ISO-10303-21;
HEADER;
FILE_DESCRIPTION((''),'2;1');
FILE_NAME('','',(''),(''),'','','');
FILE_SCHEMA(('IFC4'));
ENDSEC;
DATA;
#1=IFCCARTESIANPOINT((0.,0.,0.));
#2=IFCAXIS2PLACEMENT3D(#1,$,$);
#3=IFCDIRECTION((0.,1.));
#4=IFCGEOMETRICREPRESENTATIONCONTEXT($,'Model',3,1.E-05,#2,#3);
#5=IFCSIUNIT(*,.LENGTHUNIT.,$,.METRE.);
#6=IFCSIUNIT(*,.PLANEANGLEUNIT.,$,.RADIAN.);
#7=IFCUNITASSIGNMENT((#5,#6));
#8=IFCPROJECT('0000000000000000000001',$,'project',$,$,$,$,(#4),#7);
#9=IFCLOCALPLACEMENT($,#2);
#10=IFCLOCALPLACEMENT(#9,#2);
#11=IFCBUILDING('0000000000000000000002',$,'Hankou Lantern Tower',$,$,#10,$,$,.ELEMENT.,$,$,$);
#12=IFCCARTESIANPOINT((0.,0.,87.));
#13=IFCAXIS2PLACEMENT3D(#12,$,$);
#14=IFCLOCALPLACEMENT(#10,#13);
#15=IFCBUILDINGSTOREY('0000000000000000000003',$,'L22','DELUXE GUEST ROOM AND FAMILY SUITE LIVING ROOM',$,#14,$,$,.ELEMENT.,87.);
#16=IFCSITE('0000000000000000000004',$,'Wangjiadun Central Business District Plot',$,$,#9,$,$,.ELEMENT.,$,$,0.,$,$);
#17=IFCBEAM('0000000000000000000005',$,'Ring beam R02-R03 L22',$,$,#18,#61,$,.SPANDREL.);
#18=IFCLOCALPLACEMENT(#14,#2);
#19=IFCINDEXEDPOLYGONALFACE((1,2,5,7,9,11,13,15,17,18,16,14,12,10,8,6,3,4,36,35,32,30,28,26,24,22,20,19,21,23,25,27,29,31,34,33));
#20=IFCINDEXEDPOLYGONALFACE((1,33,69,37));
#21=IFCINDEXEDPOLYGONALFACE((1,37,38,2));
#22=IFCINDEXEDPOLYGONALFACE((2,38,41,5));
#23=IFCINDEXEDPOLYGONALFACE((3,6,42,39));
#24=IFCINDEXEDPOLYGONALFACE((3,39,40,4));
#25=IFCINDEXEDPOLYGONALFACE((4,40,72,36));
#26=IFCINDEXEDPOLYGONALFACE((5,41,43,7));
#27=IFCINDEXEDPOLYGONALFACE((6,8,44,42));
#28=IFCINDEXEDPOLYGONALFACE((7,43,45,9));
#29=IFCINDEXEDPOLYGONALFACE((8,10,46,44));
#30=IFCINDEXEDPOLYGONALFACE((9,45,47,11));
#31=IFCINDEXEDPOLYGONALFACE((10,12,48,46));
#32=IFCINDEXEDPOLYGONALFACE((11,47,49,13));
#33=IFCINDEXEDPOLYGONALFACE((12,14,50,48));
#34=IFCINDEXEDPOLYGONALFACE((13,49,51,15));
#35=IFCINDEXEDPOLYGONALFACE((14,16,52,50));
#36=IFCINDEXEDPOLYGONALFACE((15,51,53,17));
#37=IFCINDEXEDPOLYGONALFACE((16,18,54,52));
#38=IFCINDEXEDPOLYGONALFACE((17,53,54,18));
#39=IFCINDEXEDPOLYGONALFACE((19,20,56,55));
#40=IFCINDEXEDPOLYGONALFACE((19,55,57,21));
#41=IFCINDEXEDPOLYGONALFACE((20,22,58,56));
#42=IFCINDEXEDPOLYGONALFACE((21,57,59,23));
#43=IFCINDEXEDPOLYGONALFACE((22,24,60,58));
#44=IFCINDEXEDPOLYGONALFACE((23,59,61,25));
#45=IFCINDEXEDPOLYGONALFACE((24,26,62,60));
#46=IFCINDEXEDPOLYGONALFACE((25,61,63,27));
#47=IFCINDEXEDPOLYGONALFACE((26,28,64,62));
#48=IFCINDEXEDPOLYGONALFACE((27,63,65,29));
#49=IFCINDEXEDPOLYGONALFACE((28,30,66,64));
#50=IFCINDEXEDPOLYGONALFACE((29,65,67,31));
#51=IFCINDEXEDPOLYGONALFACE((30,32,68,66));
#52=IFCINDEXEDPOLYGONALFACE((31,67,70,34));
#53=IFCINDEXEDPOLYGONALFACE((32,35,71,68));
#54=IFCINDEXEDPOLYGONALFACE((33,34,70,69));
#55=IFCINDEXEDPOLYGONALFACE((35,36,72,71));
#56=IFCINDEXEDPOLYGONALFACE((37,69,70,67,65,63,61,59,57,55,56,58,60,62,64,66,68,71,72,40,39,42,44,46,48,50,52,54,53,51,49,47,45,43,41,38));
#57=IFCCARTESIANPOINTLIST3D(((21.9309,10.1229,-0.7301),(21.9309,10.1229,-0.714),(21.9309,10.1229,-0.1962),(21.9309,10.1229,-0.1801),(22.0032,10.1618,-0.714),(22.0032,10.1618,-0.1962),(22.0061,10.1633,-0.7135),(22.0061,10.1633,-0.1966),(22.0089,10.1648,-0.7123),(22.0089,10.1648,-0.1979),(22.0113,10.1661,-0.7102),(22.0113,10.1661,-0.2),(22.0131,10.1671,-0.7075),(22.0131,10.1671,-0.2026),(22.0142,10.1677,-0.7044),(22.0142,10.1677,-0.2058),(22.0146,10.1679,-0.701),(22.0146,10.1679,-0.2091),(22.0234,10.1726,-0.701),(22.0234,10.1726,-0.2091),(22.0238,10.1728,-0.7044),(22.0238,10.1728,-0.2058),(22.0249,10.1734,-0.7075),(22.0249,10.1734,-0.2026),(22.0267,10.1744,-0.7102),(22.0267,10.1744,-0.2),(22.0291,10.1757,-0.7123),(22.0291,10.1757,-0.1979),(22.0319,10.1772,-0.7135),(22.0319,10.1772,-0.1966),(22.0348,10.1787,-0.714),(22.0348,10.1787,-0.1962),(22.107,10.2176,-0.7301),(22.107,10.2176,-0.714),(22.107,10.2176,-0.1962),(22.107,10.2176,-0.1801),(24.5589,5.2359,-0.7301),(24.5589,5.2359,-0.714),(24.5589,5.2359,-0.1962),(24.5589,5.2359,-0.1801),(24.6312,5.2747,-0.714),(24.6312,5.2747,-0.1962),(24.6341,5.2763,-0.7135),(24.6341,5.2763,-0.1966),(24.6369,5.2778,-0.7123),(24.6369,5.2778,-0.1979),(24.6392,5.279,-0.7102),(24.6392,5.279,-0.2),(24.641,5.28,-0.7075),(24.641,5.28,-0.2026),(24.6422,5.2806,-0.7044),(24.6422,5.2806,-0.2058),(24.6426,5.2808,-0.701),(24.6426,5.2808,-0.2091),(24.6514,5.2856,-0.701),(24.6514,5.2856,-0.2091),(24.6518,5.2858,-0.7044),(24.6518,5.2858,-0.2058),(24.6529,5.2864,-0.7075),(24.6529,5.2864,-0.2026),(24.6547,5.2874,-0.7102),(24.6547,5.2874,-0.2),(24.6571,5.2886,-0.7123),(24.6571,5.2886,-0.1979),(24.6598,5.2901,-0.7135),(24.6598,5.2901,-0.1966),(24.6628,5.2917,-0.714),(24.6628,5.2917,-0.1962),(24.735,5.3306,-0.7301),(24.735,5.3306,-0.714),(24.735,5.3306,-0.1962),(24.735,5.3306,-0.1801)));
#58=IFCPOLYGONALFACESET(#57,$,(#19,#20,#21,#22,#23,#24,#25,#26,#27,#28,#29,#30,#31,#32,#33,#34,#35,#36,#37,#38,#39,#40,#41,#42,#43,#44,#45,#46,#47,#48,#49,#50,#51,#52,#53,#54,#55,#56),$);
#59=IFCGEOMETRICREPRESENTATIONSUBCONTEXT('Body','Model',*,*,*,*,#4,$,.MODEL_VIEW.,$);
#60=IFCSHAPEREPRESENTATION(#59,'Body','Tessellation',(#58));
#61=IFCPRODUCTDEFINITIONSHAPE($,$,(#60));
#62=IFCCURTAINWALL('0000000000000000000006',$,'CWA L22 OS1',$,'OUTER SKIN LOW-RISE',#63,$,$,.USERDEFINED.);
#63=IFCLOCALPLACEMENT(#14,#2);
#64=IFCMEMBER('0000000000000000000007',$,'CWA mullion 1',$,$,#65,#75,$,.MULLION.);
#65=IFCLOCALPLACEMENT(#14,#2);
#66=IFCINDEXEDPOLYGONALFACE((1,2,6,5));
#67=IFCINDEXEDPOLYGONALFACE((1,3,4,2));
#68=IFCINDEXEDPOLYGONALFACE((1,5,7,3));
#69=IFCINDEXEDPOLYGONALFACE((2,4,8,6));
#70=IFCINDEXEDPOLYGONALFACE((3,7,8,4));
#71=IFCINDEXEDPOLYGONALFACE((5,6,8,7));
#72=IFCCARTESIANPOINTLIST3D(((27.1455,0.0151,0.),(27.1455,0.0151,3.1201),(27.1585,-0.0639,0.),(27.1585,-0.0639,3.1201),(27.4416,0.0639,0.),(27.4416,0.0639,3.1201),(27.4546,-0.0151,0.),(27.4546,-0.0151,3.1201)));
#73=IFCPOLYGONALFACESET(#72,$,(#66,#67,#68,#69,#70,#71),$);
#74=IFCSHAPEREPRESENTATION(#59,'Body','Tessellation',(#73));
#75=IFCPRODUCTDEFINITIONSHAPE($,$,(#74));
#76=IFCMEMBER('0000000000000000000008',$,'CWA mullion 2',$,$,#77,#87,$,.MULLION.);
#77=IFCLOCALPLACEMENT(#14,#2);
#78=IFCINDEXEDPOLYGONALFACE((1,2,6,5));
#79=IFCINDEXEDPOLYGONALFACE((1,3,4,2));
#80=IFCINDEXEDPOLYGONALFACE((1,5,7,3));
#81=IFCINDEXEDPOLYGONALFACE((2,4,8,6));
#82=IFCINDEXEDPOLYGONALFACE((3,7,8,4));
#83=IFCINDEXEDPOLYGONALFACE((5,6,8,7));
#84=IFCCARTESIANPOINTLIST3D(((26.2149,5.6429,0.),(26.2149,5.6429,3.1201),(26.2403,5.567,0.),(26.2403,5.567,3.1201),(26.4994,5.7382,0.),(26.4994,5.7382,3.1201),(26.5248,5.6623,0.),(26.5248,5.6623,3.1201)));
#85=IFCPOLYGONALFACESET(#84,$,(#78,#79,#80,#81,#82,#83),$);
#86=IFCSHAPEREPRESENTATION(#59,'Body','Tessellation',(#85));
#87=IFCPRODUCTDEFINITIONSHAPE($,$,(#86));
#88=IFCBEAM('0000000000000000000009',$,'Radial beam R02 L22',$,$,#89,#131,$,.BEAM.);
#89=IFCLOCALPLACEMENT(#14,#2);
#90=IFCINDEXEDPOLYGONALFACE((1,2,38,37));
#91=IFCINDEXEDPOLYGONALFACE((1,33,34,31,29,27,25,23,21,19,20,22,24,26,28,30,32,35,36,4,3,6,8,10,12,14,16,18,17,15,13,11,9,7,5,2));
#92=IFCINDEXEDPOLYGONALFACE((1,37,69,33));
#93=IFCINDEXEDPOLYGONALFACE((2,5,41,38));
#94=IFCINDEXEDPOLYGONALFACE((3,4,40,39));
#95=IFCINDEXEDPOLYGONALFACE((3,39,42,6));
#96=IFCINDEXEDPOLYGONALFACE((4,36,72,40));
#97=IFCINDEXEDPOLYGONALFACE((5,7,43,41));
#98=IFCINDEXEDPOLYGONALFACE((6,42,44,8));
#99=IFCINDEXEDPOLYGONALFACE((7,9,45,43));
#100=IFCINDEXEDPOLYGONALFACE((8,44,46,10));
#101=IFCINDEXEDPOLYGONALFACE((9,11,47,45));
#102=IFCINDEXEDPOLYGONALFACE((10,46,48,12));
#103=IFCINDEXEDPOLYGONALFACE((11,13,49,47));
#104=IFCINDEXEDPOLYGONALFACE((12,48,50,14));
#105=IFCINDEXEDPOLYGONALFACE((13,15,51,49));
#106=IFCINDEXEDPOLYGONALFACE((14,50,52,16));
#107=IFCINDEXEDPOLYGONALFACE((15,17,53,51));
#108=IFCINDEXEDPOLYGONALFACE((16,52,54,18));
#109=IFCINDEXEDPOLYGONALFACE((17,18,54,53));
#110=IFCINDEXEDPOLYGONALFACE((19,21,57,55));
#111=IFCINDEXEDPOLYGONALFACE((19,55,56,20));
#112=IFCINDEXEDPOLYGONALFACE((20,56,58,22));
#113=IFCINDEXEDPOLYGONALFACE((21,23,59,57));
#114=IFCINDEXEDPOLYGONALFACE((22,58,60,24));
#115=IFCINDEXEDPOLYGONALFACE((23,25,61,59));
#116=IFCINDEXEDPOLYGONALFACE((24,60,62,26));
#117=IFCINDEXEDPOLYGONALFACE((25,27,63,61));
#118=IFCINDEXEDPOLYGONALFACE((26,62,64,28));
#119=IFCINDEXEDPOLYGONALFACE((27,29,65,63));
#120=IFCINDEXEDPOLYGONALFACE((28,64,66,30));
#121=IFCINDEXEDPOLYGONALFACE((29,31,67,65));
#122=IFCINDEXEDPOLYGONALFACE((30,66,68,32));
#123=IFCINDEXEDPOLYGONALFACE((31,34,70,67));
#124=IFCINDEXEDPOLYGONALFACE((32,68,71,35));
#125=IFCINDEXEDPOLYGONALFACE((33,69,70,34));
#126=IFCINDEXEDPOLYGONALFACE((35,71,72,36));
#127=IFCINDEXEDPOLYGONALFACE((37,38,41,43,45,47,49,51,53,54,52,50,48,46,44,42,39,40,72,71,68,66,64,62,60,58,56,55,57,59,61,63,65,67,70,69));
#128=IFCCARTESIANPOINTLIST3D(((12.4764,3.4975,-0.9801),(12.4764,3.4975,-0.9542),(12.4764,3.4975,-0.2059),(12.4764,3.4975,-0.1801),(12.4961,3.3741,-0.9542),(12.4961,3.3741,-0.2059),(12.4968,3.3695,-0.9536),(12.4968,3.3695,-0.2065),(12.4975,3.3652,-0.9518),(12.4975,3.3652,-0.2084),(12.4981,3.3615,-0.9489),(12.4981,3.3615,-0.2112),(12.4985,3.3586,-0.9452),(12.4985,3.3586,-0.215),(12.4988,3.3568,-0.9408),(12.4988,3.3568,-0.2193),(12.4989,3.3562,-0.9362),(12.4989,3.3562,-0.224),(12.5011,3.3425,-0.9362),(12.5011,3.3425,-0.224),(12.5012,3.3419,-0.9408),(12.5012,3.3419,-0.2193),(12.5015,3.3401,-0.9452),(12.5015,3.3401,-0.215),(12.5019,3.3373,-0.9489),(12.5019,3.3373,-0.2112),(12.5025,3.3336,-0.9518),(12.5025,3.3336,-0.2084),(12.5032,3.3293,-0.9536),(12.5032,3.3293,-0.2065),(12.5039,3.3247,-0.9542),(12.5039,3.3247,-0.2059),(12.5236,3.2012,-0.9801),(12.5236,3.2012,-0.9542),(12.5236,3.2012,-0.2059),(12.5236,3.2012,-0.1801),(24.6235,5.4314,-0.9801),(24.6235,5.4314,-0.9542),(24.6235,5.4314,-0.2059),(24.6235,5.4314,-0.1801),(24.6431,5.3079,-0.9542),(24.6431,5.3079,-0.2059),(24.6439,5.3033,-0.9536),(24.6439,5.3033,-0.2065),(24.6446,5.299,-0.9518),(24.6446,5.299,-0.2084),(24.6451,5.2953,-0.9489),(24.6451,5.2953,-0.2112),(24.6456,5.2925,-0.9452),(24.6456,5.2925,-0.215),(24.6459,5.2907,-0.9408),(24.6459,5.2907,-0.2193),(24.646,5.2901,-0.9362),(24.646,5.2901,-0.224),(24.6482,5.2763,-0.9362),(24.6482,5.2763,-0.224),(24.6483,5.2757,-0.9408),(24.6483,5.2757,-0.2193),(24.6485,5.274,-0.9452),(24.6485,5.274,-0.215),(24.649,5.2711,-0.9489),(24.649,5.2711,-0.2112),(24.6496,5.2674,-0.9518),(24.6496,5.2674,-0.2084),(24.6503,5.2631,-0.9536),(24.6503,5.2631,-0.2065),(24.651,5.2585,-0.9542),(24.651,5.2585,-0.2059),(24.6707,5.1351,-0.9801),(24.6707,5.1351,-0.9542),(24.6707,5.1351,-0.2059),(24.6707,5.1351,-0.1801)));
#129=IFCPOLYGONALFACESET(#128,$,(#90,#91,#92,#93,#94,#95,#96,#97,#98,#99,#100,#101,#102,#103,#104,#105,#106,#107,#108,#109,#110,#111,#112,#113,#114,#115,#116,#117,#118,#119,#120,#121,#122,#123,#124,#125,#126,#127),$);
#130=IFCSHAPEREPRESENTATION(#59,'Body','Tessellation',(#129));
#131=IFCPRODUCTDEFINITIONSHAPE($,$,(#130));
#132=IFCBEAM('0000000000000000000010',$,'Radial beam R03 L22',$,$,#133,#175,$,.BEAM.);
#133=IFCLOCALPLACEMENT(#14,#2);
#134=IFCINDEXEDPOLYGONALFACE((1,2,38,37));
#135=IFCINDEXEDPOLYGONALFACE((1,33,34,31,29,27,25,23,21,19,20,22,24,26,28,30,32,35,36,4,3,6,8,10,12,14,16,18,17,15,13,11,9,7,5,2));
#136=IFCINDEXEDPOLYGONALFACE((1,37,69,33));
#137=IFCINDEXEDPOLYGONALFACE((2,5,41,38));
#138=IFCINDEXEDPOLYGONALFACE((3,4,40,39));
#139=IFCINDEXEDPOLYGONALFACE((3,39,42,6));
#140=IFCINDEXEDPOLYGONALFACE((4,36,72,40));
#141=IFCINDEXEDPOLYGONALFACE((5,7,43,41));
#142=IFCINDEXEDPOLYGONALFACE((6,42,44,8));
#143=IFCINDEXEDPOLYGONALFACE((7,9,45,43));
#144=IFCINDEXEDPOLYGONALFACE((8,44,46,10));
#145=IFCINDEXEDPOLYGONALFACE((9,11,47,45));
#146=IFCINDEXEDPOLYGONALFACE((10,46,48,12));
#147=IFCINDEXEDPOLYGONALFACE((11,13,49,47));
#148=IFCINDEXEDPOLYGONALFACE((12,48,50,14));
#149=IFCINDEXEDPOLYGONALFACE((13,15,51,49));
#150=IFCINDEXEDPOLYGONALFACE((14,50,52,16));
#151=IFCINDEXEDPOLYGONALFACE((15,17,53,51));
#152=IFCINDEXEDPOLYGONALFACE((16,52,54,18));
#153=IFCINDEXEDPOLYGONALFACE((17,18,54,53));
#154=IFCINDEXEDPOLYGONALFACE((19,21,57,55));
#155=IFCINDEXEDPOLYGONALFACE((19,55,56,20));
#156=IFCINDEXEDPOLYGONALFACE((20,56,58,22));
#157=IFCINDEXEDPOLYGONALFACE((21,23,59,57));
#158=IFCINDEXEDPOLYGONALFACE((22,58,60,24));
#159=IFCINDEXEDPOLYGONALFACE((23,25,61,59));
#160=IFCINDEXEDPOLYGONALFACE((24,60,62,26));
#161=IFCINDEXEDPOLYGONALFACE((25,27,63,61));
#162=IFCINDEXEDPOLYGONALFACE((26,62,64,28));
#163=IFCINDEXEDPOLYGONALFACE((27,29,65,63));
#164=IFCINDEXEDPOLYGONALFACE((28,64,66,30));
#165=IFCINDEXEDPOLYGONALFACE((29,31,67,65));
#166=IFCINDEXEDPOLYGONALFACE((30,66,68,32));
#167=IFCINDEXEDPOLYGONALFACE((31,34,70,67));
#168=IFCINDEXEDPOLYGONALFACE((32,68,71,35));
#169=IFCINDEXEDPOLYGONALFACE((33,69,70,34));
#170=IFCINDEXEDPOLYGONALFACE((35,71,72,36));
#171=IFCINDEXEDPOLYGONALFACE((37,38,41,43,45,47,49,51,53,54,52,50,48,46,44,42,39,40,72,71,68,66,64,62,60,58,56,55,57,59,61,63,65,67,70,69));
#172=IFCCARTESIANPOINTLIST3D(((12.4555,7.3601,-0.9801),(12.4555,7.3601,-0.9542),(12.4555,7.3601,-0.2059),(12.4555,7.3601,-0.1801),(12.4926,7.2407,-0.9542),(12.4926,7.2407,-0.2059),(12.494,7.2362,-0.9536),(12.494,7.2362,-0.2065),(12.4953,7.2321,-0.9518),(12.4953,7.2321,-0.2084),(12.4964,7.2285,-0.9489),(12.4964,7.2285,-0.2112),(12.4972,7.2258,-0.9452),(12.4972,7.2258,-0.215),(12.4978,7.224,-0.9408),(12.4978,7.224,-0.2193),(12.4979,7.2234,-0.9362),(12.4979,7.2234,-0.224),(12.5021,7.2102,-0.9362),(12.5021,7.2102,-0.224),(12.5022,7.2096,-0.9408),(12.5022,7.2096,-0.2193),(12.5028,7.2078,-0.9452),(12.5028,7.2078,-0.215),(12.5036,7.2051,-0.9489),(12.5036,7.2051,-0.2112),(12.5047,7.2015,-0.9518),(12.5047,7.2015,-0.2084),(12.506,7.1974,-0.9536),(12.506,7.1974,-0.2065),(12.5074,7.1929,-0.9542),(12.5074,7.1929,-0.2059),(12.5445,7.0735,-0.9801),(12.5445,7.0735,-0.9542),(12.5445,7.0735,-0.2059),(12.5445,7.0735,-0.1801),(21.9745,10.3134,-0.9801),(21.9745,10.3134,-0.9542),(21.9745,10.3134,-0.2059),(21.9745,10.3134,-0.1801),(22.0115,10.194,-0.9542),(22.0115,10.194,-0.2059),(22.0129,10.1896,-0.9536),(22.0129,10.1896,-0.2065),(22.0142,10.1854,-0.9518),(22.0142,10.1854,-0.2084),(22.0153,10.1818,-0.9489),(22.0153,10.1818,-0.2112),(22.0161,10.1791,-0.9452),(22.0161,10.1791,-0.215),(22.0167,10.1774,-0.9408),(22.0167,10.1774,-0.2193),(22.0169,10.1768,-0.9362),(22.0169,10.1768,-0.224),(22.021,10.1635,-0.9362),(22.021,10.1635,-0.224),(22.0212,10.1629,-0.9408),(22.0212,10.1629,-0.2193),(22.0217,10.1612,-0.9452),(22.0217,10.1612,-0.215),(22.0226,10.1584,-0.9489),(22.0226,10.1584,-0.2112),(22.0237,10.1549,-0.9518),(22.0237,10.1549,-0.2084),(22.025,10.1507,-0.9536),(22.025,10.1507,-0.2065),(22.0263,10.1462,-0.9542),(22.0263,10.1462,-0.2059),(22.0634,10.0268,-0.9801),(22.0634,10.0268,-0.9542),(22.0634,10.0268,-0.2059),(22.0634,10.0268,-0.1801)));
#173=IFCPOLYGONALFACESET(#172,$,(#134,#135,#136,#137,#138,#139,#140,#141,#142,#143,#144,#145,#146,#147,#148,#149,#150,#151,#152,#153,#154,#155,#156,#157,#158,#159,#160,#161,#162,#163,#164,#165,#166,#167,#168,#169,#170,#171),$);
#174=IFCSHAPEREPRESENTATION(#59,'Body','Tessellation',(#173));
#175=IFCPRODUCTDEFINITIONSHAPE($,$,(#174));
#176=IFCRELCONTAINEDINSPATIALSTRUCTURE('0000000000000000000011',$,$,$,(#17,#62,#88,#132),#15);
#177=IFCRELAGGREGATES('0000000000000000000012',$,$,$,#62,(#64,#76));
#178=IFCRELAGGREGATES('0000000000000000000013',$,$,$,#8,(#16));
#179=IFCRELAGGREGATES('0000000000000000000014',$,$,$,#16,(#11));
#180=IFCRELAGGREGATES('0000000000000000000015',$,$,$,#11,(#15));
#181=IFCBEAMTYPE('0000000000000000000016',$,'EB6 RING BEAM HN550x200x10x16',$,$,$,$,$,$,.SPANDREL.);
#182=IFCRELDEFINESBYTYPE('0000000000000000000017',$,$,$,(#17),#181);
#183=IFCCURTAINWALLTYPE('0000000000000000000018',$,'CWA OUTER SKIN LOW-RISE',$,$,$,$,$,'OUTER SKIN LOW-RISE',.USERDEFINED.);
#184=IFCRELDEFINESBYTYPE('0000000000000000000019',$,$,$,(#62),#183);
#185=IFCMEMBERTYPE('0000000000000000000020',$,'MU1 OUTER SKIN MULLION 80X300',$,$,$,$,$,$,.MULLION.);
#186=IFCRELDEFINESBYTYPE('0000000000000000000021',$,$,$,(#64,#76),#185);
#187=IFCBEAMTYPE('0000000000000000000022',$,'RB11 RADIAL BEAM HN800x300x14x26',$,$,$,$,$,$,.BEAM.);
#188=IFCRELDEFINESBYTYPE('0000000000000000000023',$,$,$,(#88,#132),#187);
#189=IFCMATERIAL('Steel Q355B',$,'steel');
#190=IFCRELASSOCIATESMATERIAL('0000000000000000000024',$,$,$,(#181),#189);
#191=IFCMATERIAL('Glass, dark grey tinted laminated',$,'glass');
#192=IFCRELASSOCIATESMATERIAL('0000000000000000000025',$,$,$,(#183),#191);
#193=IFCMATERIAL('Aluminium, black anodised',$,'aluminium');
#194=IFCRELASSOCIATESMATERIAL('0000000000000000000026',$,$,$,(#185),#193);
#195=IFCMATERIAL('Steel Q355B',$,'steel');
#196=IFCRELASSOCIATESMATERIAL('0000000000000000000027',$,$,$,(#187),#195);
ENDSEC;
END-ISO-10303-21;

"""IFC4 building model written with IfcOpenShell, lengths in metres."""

from ifc_helpers import new_model, si_unit, direction, frame, origin, origin_2d, place, context, subcontext, project, spatial, rectangle, i_section, extrude, material, material_profile, profile_set, type_object, element, aggregate, save


model = new_model("IFC4")

# Units and contexts
model_context = context("Model", 3, precision=1e-05, world=origin(), true_north=direction((0.0, 1.0)))
body_context = subcontext(model_context, "Body", "Model", "MODEL_VIEW")
ifc_project = project(units=[si_unit("LENGTHUNIT", "METRE"), si_unit("PLANEANGLEUNIT", "RADIAN")], contexts=[model_context])

# Site, building, storey
site_placement = place(None, origin())
site = spatial("IfcSite", under=ifc_project, at=site_placement, Name="Wangjiadun Central Business District Plot", CompositionType="ELEMENT", RefElevation=0.0)
building_placement = place(site_placement, origin())
building = spatial("IfcBuilding", under=site, at=building_placement, Name="Hankou Lantern Tower", CompositionType="ELEMENT")
storey_placement = place(building_placement, frame((0.0, 0.0, 87.0)))
storey = spatial("IfcBuildingStorey", under=building, at=storey_placement, Name="L22", Description="DELUXE GUEST ROOM AND FAMILY SUITE LIVING ROOM", CompositionType="ELEMENT", Elevation=87.0)

# Beam
ifc_material_1 = material(Name="Steel Q355B", Category="steel")
ifc_material_profile_1 = material_profile(ifc_material_1, i_section(OverallWidth=0.2, OverallDepth=0.55, WebThickness=0.01, FlangeThickness=0.0161, FilletRadius=0.0129, at=origin_2d()), Name="HN550x200x10x16")
ifc_profile_set_1 = profile_set([ifc_material_profile_1], Name="Steel Q355B")
beam_type_1 = type_object("IfcBeamType", Name="EB6 RING BEAM HN550x200x10x16", PredefinedType="SPANDREL", material=ifc_profile_set_1)
beam_1_placement = place(storey_placement, frame((24.647, 5.2832, -0.4551), z_axis=(-0.473609, 0.880735, 0.0), x_axis=(-0.880735, -0.473609, 0.0)))
element("IfcBeam", 1, at=beam_1_placement, inside=storey, type_object=beam_type_1, Name="Ring beam R02-R03 L22", PredefinedType="SPANDREL", context=body_context, shape_type="SweptSolid", body=[
    extrude(i_section(OverallWidth=0.2, OverallDepth=0.55, WebThickness=0.01, FlangeThickness=0.0161, FilletRadius=0.0129, at=origin_2d()), origin(), (0.0, 0.0, 1.0), 5.5488),
])

# Curtain wall, members
ifc_material_2 = material(Name="Glass, dark grey tinted laminated", Category="glass")
curtain_wall_type = type_object("IfcCurtainWallType", Name="CWA OUTER SKIN LOW-RISE", ElementType="OUTER SKIN LOW-RISE", PredefinedType="USERDEFINED", material=ifc_material_2)
curtain_wall_placement = place(storey_placement, origin())
curtain_wall = element("IfcCurtainWall", 2, at=curtain_wall_placement, inside=storey, type_object=curtain_wall_type, Name="CWA L22 OS1", ObjectType="OUTER SKIN LOW-RISE", PredefinedType="USERDEFINED")
ifc_material_3 = material(Name="Aluminium, black anodised", Category="aluminium")
ifc_material_profile_2 = material_profile(ifc_material_3, rectangle(XDim=0.0801, YDim=0.3, at=origin_2d()), Name="MU1 80X300")
ifc_profile_set_2 = profile_set([ifc_material_profile_2], Name="Aluminium, black anodised")
member_type_1 = type_object("IfcMemberType", Name="MU1 OUTER SKIN MULLION 80X300", PredefinedType="MULLION", material=ifc_profile_set_2)
member_1_placement = place(storey_placement, frame((27.3, 0.0, 0.0), z_axis=(0.0, 0.0, 1.0), x_axis=(-0.162382, 0.986728, 0.0)))
member_1 = element("IfcMember", 3, at=member_1_placement, type_object=member_type_1, Name="CWA mullion 1", PredefinedType="MULLION", context=body_context, shape_type="SweptSolid", body=[
    extrude(rectangle(XDim=0.0801, YDim=0.3, at=origin_2d()), origin(), (0.0, 0.0, 1.0), 3.1201),
])
member_2_placement = place(storey_placement, frame((26.3699, 5.6526, 0.0), z_axis=(0.0, 0.0, 1.0), x_axis=(-0.317596, 0.948226, 0.0)))
member_2 = element("IfcMember", 4, at=member_2_placement, type_object=member_type_1, Name="CWA mullion 2", PredefinedType="MULLION", context=body_context, shape_type="SweptSolid", body=[
    extrude(rectangle(XDim=0.0801, YDim=0.3, at=origin_2d()), origin(), (0.0, 0.0, 1.0), 3.1201),
])

# Beams
ifc_material_4 = material(Name="Steel Q355B", Category="steel")
ifc_material_profile_3 = material_profile(ifc_material_4, i_section(OverallWidth=0.3, OverallDepth=0.8, WebThickness=0.0139, FlangeThickness=0.0259, FilletRadius=0.0181, at=origin_2d()), Name="HN800x300x14x26")
ifc_profile_set_3 = profile_set([ifc_material_profile_3], Name="Steel Q355B")
beam_type_2 = type_object("IfcBeamType", Name="RB11 RADIAL BEAM HN800x300x14x26", PredefinedType="BEAM", material=ifc_profile_set_3)
beam_2_placement = place(storey_placement, frame((12.5, 3.3494, -0.5801), z_axis=(0.987563, 0.157223, 0.0), x_axis=(-0.157223, 0.987563, 0.0)))
element("IfcBeam", 5, at=beam_2_placement, inside=storey, type_object=beam_type_2, Name="Radial beam R02 L22", PredefinedType="BEAM", context=body_context, shape_type="SweptSolid", body=[
    extrude(i_section(OverallWidth=0.3, OverallDepth=0.8, WebThickness=0.0139, FlangeThickness=0.0259, FilletRadius=0.0181, at=origin_2d()), origin(), (0.0, 0.0, 1.0), 12.3),
])
beam_3_placement = place(storey_placement, frame((12.5, 7.2168, -0.5801), z_axis=(0.955087, 0.296324, 0.0), x_axis=(-0.296324, 0.955087, 0.0)))
element("IfcBeam", 6, at=beam_3_placement, inside=storey, type_object=beam_type_2, Name="Radial beam R03 L22", PredefinedType="BEAM", context=body_context, shape_type="SweptSolid", body=[
    extrude(i_section(OverallWidth=0.3, OverallDepth=0.8, WebThickness=0.0139, FlangeThickness=0.0259, FilletRadius=0.0181, at=origin_2d()), origin(), (0.0, 0.0, 1.0), 9.9666),
])

aggregate(curtain_wall, [member_1, member_2])

save(model, "model.ifc")
